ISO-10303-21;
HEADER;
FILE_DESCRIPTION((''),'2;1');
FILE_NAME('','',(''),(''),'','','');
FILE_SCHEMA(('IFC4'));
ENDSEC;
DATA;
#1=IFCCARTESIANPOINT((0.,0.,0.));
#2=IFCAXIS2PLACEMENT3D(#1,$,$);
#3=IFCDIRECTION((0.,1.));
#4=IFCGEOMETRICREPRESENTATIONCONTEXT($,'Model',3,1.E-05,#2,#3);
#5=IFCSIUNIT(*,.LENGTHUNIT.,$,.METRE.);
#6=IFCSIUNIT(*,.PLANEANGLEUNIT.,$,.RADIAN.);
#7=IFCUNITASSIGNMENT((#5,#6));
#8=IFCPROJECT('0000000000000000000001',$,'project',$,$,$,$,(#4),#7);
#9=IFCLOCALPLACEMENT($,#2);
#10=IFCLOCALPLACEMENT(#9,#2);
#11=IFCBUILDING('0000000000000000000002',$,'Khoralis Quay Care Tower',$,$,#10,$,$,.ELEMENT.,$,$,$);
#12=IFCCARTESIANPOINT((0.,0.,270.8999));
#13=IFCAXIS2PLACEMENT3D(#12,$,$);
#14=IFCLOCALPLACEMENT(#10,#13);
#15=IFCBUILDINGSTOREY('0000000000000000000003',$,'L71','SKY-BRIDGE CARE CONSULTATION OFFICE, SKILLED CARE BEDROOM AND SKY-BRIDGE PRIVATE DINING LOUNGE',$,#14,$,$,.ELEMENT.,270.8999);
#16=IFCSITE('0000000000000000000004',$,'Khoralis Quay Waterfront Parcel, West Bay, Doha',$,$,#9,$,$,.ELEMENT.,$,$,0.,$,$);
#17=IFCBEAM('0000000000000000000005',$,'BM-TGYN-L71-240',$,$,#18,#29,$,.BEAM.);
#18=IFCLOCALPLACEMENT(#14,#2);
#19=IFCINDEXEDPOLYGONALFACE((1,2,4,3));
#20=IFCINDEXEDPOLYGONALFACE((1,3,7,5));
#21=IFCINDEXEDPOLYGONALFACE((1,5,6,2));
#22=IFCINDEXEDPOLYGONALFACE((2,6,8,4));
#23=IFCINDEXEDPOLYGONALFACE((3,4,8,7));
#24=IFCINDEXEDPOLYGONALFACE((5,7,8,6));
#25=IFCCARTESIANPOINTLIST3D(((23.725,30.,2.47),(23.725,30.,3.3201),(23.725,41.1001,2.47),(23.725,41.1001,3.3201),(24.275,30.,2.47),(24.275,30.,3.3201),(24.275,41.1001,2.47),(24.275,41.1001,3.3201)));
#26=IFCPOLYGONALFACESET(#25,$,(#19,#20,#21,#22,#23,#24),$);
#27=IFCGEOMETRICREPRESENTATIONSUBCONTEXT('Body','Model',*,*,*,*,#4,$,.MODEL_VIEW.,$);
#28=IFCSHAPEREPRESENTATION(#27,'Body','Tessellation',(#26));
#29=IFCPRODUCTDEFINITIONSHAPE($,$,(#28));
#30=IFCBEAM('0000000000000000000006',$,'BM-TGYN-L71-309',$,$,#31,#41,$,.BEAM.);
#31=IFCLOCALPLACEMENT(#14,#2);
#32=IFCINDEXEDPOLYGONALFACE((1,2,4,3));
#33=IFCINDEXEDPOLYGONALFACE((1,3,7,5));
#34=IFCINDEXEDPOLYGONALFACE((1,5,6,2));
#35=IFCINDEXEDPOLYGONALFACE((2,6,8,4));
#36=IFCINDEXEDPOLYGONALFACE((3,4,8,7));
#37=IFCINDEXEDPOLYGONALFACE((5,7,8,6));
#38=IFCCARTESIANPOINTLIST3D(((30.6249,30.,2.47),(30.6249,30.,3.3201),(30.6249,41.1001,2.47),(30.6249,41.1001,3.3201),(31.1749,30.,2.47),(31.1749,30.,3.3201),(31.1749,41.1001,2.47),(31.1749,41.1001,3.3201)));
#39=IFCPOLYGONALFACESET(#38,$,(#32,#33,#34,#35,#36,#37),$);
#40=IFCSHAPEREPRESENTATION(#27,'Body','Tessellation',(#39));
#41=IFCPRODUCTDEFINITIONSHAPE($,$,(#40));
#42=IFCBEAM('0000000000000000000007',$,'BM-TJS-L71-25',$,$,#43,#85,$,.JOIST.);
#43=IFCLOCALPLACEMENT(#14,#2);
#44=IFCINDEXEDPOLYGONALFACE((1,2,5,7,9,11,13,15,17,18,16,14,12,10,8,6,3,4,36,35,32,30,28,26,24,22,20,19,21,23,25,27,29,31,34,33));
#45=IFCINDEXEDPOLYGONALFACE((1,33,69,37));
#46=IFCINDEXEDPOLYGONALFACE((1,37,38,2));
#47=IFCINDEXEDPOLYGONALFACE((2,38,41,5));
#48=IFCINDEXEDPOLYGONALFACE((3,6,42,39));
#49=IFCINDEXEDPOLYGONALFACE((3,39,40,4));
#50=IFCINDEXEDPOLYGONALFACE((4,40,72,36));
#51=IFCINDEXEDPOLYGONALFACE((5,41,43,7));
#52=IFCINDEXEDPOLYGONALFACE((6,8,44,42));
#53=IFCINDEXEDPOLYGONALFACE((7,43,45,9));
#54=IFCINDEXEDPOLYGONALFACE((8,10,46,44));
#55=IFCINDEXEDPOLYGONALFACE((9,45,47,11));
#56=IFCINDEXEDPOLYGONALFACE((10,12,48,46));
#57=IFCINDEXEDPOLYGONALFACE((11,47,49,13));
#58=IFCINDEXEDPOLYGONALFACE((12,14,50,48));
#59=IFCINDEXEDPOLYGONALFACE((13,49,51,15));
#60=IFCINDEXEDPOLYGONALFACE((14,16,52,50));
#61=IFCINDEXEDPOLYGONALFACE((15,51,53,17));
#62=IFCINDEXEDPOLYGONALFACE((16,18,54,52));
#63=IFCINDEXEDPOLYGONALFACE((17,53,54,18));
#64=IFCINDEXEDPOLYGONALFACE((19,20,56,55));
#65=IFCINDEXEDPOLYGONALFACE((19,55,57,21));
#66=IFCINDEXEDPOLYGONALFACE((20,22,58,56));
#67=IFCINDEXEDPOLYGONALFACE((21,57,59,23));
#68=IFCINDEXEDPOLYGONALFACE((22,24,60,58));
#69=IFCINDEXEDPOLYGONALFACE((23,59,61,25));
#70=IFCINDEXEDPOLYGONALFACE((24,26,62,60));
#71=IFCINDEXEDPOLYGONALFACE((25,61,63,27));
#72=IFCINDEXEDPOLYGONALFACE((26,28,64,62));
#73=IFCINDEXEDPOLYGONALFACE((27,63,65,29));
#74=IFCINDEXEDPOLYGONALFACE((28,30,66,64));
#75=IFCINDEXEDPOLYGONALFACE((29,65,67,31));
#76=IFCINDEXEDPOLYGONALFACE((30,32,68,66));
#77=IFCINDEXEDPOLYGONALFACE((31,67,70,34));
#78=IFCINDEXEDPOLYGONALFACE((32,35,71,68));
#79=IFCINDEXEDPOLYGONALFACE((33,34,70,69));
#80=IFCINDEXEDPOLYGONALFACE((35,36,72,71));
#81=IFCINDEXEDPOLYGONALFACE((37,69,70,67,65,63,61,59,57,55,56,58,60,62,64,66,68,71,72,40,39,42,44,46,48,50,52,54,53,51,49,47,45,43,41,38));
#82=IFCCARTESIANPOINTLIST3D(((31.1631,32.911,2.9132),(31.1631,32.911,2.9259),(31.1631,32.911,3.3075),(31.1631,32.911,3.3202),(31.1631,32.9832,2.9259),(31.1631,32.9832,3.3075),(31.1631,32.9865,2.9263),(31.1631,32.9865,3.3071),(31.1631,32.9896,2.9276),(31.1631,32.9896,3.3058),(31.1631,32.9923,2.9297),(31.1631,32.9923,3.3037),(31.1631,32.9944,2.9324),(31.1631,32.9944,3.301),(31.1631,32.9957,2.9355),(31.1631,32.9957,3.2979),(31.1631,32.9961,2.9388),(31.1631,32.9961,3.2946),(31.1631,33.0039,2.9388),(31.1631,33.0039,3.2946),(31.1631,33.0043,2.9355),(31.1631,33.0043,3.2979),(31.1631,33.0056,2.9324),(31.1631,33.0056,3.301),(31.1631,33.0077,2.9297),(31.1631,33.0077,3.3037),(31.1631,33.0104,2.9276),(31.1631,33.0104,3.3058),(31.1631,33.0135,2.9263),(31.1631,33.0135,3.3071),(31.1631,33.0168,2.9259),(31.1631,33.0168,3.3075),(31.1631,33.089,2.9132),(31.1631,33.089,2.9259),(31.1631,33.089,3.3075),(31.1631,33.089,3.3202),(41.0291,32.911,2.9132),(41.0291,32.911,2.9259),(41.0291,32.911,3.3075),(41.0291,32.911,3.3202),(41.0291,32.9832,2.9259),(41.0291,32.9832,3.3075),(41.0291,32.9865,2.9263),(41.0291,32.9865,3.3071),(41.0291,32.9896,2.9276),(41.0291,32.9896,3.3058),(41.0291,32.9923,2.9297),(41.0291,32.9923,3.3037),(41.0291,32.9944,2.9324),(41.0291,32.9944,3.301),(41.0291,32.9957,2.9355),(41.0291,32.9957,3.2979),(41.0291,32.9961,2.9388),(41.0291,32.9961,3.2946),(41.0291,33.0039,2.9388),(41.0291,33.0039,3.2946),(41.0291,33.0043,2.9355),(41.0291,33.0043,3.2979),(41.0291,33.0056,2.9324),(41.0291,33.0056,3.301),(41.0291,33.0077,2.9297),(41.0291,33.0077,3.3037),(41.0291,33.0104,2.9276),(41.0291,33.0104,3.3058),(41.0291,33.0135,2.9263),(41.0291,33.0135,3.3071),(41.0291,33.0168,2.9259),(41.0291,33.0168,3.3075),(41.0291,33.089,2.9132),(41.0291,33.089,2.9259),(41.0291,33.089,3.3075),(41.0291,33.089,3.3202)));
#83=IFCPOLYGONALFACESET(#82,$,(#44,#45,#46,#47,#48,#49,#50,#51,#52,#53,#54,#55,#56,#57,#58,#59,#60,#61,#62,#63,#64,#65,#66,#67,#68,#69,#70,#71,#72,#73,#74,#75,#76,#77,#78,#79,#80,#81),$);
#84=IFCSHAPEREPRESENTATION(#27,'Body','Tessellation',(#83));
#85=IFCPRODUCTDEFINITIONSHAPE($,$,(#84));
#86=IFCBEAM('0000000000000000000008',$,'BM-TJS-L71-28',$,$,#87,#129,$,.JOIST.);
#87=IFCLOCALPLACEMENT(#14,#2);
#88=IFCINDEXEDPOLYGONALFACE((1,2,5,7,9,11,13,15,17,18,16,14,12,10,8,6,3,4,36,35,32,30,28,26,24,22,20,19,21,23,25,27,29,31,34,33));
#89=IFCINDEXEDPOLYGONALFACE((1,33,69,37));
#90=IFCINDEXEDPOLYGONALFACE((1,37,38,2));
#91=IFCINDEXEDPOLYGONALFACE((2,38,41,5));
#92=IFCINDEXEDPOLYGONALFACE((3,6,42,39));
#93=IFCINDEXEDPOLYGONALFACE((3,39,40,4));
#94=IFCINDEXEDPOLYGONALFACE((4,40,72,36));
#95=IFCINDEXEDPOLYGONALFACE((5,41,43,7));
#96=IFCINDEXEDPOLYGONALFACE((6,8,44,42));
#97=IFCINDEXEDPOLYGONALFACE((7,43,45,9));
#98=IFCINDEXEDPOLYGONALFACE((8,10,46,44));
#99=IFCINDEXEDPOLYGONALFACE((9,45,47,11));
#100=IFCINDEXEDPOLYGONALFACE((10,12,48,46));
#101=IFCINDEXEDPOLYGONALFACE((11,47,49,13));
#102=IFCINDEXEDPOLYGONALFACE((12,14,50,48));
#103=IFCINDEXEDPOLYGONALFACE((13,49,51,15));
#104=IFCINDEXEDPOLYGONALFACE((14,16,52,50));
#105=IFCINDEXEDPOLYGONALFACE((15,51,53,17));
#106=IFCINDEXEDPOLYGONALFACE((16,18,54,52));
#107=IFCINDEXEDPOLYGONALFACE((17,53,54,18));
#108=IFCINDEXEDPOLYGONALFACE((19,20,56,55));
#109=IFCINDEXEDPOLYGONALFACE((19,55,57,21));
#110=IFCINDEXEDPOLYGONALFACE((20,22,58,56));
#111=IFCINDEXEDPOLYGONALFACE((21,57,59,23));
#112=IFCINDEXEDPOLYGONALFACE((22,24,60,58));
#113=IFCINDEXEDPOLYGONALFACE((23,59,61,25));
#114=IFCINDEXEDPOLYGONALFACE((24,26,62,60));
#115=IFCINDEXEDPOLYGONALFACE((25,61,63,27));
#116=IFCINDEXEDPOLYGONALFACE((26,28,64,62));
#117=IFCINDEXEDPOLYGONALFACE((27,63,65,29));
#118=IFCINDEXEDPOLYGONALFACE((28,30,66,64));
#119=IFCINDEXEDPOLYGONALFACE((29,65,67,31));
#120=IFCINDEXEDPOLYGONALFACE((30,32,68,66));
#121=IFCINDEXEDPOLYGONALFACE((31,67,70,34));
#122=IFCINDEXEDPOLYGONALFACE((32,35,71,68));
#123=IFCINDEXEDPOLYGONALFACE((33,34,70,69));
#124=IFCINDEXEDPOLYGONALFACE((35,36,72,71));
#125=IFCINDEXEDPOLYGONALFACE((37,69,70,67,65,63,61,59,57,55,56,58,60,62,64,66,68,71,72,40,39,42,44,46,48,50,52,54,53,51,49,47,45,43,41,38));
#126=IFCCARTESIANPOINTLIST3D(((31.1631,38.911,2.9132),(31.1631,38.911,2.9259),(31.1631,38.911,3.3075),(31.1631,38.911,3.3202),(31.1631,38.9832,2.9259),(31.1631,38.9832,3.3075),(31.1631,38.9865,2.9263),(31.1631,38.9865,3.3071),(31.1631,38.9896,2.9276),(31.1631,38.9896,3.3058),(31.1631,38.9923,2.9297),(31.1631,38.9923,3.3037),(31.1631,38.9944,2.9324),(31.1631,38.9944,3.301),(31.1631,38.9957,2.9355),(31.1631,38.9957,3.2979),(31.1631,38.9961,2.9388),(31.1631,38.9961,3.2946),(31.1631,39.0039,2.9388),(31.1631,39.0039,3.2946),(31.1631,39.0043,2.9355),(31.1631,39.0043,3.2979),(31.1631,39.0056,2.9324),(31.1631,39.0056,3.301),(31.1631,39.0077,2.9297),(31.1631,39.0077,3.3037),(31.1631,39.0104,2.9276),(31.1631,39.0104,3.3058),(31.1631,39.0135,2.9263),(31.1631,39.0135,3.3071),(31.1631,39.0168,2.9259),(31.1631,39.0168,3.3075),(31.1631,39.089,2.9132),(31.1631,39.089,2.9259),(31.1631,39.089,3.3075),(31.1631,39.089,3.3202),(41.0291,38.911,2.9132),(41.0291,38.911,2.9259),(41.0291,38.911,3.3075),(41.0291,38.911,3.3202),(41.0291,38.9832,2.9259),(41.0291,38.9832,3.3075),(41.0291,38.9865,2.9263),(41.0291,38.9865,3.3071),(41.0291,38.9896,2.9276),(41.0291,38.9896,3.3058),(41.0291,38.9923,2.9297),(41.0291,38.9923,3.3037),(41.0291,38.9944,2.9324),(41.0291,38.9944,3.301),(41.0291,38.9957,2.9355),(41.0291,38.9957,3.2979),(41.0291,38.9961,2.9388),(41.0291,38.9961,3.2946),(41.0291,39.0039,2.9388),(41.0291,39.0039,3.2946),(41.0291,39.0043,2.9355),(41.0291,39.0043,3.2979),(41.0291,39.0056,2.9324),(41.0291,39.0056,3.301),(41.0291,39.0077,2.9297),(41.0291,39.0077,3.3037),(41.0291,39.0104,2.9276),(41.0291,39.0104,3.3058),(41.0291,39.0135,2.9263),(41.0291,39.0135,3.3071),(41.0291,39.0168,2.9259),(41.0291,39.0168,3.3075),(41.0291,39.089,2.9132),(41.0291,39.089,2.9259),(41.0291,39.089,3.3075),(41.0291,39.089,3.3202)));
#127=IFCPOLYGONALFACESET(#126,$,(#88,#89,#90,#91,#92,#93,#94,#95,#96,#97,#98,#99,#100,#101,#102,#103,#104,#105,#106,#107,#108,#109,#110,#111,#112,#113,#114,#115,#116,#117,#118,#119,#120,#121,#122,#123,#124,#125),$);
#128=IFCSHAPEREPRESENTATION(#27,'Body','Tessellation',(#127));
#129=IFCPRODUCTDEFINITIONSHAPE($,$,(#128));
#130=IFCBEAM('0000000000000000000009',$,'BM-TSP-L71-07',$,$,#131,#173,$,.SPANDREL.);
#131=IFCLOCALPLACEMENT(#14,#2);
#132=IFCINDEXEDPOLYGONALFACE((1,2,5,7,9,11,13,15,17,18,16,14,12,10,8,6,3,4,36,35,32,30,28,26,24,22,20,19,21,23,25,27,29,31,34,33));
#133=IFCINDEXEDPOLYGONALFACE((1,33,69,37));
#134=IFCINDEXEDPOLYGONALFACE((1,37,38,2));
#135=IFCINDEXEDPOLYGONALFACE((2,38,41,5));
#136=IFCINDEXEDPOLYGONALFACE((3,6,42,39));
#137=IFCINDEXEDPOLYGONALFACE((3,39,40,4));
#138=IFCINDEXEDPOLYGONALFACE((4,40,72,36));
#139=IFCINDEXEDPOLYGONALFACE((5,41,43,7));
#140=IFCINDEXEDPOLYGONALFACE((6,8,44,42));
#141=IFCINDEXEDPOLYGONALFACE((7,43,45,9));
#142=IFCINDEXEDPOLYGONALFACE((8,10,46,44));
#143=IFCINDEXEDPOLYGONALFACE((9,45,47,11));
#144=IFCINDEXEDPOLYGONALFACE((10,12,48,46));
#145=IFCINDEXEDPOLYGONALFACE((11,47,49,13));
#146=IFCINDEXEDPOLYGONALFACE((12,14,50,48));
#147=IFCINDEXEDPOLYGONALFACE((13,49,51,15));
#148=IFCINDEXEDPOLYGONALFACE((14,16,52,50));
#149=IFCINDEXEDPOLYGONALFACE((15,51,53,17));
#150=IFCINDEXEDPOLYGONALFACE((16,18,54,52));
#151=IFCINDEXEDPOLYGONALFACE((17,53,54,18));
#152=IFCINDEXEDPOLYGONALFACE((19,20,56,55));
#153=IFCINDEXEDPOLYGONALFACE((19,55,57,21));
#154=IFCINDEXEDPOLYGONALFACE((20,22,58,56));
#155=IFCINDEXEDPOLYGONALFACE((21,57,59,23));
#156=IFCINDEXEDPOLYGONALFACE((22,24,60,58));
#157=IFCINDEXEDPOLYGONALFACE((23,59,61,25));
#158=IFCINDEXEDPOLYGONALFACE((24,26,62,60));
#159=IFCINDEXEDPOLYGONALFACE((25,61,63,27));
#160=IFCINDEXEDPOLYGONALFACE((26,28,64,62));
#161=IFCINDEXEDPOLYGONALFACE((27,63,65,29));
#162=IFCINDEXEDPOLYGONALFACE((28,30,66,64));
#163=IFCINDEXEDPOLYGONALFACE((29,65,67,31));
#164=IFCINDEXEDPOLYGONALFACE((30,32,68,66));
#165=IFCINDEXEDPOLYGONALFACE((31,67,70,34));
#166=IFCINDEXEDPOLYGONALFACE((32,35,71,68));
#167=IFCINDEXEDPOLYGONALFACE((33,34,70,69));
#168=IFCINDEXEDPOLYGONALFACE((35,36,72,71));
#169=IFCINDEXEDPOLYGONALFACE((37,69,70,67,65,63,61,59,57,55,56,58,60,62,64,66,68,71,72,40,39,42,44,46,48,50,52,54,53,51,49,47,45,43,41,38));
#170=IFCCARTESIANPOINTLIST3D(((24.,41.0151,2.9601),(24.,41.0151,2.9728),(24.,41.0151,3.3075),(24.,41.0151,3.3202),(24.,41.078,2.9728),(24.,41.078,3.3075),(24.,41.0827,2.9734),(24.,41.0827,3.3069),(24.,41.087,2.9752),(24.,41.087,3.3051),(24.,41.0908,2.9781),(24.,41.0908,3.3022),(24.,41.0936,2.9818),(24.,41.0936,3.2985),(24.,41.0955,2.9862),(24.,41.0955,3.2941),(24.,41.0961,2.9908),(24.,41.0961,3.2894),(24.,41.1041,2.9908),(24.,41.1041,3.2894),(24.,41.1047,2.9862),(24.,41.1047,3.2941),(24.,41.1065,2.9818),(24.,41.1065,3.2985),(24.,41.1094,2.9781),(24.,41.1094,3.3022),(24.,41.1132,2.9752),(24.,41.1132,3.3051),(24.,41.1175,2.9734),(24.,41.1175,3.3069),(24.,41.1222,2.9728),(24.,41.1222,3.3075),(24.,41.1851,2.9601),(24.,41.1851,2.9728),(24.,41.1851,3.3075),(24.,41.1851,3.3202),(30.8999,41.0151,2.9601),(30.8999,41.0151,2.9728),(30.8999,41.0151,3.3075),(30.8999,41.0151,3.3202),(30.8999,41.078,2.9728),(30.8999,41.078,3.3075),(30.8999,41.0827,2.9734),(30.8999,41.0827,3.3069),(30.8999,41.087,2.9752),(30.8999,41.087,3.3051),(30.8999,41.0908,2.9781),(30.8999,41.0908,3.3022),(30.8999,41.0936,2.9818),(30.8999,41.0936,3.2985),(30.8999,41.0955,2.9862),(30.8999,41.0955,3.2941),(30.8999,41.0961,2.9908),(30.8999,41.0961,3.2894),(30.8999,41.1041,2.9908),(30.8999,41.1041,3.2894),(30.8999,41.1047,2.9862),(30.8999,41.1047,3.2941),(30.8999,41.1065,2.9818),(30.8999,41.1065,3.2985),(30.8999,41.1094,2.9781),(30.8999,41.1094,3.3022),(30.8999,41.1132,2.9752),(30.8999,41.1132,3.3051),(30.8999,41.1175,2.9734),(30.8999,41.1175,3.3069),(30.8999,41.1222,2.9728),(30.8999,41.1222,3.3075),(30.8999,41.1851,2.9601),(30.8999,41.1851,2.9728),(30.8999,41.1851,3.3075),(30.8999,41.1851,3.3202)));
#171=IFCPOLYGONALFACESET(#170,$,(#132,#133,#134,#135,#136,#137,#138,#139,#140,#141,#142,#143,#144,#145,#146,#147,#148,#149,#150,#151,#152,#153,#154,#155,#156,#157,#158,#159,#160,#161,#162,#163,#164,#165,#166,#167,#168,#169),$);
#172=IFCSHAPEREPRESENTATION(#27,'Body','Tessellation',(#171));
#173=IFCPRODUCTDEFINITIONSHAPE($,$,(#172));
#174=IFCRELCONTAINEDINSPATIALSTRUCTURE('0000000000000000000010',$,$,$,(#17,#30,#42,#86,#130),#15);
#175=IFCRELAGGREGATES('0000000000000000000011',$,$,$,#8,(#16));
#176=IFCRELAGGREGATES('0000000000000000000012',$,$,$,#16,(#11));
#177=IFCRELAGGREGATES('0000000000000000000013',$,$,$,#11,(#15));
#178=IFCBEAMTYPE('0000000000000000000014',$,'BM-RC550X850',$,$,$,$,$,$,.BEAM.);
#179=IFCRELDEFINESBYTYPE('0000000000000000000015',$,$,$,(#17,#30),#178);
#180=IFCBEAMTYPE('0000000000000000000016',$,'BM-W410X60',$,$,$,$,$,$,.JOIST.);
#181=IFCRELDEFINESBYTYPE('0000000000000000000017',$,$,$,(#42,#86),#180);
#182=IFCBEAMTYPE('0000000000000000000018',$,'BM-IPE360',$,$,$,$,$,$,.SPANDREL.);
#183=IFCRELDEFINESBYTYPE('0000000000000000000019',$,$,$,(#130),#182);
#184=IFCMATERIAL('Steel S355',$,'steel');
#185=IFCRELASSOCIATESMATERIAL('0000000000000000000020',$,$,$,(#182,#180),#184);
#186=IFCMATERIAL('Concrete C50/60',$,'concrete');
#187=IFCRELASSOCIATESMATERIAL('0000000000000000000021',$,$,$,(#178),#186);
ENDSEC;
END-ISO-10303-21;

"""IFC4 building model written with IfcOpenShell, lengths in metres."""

from ifc_helpers import new_model, si_unit, direction, frame, origin, origin_2d, place, context, subcontext, project, spatial, rectangle, i_section, extrude, source, transform, mapped, material, material_profile, profile_set, type_object, element, save


model = new_model("IFC4")

# Units and contexts
model_context = context("Model", 3, precision=1e-05, world=origin(), true_north=direction((0.0, 1.0)))
body_context = subcontext(model_context, "Body", "Model", "MODEL_VIEW")
ifc_project = project(units=[si_unit("LENGTHUNIT", "METRE"), si_unit("PLANEANGLEUNIT", "RADIAN")], contexts=[model_context])

# Site, building, storey
site_placement = place(None, origin())
site = spatial("IfcSite", under=ifc_project, at=site_placement, Name="Khoralis Quay Waterfront Parcel, West Bay, Doha", CompositionType="ELEMENT", RefElevation=0.0)
building_placement = place(site_placement, origin())
building = spatial("IfcBuilding", under=site, at=building_placement, Name="Khoralis Quay Care Tower", CompositionType="ELEMENT")
storey_placement = place(building_placement, frame((0.0, 0.0, 270.8999)))
storey = spatial("IfcBuildingStorey", under=building, at=storey_placement, Name="L71", Description="SKY-BRIDGE CARE CONSULTATION OFFICE, SKILLED CARE BEDROOM AND SKY-BRIDGE PRIVATE DINING LOUNGE", CompositionType="ELEMENT", Elevation=270.8999)

# Shared definitions
ifc_material_1 = material(Name="Concrete C50/60", Category="concrete")

# Beams
ifc_material_2 = material(Name="Steel S355", Category="steel")
ifc_material_profile_1 = material_profile(ifc_material_2, i_section(OverallWidth=0.1699, OverallDepth=0.3601, WebThickness=0.0081, FlangeThickness=0.0127, FilletRadius=0.0181, at=origin_2d()), Name="Steel S355")
ifc_profile_set_1 = profile_set([ifc_material_profile_1], Name="Steel S355")
beam_type_1 = type_object("IfcBeamType", Name="BM-IPE360", PredefinedType="SPANDREL", material=ifc_profile_set_1)
ifc_material_profile_2 = material_profile(ifc_material_1, rectangle(XDim=0.55, YDim=0.8501, at=origin_2d()), Name="Concrete C50/60")
ifc_profile_set_2 = profile_set([ifc_material_profile_2], Name="Concrete C50/60")
beam_type_2 = type_object("IfcBeamType", Name="BM-RC550X850", PredefinedType="BEAM", material=ifc_profile_set_2)
shared_shape_1 = source(origin(), body_context, "Body", "SweptSolid", [
    extrude(rectangle(XDim=0.55, YDim=0.8501, at=origin_2d()), origin(), (0.0, 0.0, 1.0), 11.1001),
])
for number, where, z_axis, x_axis, name in (
    (1, (24.0, 30.0, 2.895), (0.0, 1.0, 0.0), (-1.0, 0.0, 0.0), "BM-TGYN-L71-240"),
    (2, (30.8999, 30.0, 2.895), (0.0, 1.0, 0.0), (-1.0, 0.0, 0.0), "BM-TGYN-L71-309"),
):
    element("IfcBeam", number, at=place(storey_placement, frame(where, z_axis=z_axis, x_axis=x_axis)), inside=storey, type_object=beam_type_2, Name=name, PredefinedType="BEAM", context=body_context, shape_type="MappedRepresentation", body=[
        mapped(shared_shape_1, transform((0.0, 0.0, 0.0), scale=1.0)),
    ])
ifc_material_profile_3 = material_profile(ifc_material_2, i_section(OverallWidth=0.178, OverallDepth=0.407, WebThickness=0.0078, FlangeThickness=0.0127, FilletRadius=0.0129, at=origin_2d()), Name="Steel S355")
ifc_profile_set_3 = profile_set([ifc_material_profile_3], Name="Steel S355")
beam_type_3 = type_object("IfcBeamType", Name="BM-W410X60", PredefinedType="JOIST", material=ifc_profile_set_3)
shared_shape_2 = source(origin(), body_context, "Body", "SweptSolid", [
    extrude(i_section(OverallWidth=0.178, OverallDepth=0.407, WebThickness=0.0078, FlangeThickness=0.0127, FilletRadius=0.0129, at=origin_2d()), origin(), (0.0, 0.0, 1.0), 9.866),
])
for number, where, z_axis, x_axis, name in (
    (3, (31.1631, 33.0, 3.1167), (1.0, 0.0, 0.0), (0.0, 1.0, 0.0), "BM-TJS-L71-25"),
    (4, (31.1631, 39.0, 3.1167), (1.0, 0.0, 0.0), (0.0, 1.0, 0.0), "BM-TJS-L71-28"),
):
    element("IfcBeam", number, at=place(storey_placement, frame(where, z_axis=z_axis, x_axis=x_axis)), inside=storey, type_object=beam_type_3, Name=name, PredefinedType="JOIST", context=body_context, shape_type="MappedRepresentation", body=[
        mapped(shared_shape_2, transform((0.0, 0.0, 0.0), scale=1.0)),
    ])
shared_shape_3 = source(origin(), body_context, "Body", "SweptSolid", [
    extrude(i_section(OverallWidth=0.1699, OverallDepth=0.3601, WebThickness=0.0081, FlangeThickness=0.0127, FilletRadius=0.0181, at=origin_2d()), origin(), (0.0, 0.0, 1.0), 6.8999),
])
beam_1_placement = place(storey_placement, frame((24.0, 41.1001, 3.1401), z_axis=(1.0, 0.0, 0.0), x_axis=(0.0, 1.0, 0.0)))
element("IfcBeam", 5, at=beam_1_placement, inside=storey, type_object=beam_type_1, Name="BM-TSP-L71-07", PredefinedType="SPANDREL", context=body_context, shape_type="MappedRepresentation", body=[
    mapped(shared_shape_3, transform((0.0, 0.0, 0.0), scale=1.0)),
])

save(model, "model.ifc")
